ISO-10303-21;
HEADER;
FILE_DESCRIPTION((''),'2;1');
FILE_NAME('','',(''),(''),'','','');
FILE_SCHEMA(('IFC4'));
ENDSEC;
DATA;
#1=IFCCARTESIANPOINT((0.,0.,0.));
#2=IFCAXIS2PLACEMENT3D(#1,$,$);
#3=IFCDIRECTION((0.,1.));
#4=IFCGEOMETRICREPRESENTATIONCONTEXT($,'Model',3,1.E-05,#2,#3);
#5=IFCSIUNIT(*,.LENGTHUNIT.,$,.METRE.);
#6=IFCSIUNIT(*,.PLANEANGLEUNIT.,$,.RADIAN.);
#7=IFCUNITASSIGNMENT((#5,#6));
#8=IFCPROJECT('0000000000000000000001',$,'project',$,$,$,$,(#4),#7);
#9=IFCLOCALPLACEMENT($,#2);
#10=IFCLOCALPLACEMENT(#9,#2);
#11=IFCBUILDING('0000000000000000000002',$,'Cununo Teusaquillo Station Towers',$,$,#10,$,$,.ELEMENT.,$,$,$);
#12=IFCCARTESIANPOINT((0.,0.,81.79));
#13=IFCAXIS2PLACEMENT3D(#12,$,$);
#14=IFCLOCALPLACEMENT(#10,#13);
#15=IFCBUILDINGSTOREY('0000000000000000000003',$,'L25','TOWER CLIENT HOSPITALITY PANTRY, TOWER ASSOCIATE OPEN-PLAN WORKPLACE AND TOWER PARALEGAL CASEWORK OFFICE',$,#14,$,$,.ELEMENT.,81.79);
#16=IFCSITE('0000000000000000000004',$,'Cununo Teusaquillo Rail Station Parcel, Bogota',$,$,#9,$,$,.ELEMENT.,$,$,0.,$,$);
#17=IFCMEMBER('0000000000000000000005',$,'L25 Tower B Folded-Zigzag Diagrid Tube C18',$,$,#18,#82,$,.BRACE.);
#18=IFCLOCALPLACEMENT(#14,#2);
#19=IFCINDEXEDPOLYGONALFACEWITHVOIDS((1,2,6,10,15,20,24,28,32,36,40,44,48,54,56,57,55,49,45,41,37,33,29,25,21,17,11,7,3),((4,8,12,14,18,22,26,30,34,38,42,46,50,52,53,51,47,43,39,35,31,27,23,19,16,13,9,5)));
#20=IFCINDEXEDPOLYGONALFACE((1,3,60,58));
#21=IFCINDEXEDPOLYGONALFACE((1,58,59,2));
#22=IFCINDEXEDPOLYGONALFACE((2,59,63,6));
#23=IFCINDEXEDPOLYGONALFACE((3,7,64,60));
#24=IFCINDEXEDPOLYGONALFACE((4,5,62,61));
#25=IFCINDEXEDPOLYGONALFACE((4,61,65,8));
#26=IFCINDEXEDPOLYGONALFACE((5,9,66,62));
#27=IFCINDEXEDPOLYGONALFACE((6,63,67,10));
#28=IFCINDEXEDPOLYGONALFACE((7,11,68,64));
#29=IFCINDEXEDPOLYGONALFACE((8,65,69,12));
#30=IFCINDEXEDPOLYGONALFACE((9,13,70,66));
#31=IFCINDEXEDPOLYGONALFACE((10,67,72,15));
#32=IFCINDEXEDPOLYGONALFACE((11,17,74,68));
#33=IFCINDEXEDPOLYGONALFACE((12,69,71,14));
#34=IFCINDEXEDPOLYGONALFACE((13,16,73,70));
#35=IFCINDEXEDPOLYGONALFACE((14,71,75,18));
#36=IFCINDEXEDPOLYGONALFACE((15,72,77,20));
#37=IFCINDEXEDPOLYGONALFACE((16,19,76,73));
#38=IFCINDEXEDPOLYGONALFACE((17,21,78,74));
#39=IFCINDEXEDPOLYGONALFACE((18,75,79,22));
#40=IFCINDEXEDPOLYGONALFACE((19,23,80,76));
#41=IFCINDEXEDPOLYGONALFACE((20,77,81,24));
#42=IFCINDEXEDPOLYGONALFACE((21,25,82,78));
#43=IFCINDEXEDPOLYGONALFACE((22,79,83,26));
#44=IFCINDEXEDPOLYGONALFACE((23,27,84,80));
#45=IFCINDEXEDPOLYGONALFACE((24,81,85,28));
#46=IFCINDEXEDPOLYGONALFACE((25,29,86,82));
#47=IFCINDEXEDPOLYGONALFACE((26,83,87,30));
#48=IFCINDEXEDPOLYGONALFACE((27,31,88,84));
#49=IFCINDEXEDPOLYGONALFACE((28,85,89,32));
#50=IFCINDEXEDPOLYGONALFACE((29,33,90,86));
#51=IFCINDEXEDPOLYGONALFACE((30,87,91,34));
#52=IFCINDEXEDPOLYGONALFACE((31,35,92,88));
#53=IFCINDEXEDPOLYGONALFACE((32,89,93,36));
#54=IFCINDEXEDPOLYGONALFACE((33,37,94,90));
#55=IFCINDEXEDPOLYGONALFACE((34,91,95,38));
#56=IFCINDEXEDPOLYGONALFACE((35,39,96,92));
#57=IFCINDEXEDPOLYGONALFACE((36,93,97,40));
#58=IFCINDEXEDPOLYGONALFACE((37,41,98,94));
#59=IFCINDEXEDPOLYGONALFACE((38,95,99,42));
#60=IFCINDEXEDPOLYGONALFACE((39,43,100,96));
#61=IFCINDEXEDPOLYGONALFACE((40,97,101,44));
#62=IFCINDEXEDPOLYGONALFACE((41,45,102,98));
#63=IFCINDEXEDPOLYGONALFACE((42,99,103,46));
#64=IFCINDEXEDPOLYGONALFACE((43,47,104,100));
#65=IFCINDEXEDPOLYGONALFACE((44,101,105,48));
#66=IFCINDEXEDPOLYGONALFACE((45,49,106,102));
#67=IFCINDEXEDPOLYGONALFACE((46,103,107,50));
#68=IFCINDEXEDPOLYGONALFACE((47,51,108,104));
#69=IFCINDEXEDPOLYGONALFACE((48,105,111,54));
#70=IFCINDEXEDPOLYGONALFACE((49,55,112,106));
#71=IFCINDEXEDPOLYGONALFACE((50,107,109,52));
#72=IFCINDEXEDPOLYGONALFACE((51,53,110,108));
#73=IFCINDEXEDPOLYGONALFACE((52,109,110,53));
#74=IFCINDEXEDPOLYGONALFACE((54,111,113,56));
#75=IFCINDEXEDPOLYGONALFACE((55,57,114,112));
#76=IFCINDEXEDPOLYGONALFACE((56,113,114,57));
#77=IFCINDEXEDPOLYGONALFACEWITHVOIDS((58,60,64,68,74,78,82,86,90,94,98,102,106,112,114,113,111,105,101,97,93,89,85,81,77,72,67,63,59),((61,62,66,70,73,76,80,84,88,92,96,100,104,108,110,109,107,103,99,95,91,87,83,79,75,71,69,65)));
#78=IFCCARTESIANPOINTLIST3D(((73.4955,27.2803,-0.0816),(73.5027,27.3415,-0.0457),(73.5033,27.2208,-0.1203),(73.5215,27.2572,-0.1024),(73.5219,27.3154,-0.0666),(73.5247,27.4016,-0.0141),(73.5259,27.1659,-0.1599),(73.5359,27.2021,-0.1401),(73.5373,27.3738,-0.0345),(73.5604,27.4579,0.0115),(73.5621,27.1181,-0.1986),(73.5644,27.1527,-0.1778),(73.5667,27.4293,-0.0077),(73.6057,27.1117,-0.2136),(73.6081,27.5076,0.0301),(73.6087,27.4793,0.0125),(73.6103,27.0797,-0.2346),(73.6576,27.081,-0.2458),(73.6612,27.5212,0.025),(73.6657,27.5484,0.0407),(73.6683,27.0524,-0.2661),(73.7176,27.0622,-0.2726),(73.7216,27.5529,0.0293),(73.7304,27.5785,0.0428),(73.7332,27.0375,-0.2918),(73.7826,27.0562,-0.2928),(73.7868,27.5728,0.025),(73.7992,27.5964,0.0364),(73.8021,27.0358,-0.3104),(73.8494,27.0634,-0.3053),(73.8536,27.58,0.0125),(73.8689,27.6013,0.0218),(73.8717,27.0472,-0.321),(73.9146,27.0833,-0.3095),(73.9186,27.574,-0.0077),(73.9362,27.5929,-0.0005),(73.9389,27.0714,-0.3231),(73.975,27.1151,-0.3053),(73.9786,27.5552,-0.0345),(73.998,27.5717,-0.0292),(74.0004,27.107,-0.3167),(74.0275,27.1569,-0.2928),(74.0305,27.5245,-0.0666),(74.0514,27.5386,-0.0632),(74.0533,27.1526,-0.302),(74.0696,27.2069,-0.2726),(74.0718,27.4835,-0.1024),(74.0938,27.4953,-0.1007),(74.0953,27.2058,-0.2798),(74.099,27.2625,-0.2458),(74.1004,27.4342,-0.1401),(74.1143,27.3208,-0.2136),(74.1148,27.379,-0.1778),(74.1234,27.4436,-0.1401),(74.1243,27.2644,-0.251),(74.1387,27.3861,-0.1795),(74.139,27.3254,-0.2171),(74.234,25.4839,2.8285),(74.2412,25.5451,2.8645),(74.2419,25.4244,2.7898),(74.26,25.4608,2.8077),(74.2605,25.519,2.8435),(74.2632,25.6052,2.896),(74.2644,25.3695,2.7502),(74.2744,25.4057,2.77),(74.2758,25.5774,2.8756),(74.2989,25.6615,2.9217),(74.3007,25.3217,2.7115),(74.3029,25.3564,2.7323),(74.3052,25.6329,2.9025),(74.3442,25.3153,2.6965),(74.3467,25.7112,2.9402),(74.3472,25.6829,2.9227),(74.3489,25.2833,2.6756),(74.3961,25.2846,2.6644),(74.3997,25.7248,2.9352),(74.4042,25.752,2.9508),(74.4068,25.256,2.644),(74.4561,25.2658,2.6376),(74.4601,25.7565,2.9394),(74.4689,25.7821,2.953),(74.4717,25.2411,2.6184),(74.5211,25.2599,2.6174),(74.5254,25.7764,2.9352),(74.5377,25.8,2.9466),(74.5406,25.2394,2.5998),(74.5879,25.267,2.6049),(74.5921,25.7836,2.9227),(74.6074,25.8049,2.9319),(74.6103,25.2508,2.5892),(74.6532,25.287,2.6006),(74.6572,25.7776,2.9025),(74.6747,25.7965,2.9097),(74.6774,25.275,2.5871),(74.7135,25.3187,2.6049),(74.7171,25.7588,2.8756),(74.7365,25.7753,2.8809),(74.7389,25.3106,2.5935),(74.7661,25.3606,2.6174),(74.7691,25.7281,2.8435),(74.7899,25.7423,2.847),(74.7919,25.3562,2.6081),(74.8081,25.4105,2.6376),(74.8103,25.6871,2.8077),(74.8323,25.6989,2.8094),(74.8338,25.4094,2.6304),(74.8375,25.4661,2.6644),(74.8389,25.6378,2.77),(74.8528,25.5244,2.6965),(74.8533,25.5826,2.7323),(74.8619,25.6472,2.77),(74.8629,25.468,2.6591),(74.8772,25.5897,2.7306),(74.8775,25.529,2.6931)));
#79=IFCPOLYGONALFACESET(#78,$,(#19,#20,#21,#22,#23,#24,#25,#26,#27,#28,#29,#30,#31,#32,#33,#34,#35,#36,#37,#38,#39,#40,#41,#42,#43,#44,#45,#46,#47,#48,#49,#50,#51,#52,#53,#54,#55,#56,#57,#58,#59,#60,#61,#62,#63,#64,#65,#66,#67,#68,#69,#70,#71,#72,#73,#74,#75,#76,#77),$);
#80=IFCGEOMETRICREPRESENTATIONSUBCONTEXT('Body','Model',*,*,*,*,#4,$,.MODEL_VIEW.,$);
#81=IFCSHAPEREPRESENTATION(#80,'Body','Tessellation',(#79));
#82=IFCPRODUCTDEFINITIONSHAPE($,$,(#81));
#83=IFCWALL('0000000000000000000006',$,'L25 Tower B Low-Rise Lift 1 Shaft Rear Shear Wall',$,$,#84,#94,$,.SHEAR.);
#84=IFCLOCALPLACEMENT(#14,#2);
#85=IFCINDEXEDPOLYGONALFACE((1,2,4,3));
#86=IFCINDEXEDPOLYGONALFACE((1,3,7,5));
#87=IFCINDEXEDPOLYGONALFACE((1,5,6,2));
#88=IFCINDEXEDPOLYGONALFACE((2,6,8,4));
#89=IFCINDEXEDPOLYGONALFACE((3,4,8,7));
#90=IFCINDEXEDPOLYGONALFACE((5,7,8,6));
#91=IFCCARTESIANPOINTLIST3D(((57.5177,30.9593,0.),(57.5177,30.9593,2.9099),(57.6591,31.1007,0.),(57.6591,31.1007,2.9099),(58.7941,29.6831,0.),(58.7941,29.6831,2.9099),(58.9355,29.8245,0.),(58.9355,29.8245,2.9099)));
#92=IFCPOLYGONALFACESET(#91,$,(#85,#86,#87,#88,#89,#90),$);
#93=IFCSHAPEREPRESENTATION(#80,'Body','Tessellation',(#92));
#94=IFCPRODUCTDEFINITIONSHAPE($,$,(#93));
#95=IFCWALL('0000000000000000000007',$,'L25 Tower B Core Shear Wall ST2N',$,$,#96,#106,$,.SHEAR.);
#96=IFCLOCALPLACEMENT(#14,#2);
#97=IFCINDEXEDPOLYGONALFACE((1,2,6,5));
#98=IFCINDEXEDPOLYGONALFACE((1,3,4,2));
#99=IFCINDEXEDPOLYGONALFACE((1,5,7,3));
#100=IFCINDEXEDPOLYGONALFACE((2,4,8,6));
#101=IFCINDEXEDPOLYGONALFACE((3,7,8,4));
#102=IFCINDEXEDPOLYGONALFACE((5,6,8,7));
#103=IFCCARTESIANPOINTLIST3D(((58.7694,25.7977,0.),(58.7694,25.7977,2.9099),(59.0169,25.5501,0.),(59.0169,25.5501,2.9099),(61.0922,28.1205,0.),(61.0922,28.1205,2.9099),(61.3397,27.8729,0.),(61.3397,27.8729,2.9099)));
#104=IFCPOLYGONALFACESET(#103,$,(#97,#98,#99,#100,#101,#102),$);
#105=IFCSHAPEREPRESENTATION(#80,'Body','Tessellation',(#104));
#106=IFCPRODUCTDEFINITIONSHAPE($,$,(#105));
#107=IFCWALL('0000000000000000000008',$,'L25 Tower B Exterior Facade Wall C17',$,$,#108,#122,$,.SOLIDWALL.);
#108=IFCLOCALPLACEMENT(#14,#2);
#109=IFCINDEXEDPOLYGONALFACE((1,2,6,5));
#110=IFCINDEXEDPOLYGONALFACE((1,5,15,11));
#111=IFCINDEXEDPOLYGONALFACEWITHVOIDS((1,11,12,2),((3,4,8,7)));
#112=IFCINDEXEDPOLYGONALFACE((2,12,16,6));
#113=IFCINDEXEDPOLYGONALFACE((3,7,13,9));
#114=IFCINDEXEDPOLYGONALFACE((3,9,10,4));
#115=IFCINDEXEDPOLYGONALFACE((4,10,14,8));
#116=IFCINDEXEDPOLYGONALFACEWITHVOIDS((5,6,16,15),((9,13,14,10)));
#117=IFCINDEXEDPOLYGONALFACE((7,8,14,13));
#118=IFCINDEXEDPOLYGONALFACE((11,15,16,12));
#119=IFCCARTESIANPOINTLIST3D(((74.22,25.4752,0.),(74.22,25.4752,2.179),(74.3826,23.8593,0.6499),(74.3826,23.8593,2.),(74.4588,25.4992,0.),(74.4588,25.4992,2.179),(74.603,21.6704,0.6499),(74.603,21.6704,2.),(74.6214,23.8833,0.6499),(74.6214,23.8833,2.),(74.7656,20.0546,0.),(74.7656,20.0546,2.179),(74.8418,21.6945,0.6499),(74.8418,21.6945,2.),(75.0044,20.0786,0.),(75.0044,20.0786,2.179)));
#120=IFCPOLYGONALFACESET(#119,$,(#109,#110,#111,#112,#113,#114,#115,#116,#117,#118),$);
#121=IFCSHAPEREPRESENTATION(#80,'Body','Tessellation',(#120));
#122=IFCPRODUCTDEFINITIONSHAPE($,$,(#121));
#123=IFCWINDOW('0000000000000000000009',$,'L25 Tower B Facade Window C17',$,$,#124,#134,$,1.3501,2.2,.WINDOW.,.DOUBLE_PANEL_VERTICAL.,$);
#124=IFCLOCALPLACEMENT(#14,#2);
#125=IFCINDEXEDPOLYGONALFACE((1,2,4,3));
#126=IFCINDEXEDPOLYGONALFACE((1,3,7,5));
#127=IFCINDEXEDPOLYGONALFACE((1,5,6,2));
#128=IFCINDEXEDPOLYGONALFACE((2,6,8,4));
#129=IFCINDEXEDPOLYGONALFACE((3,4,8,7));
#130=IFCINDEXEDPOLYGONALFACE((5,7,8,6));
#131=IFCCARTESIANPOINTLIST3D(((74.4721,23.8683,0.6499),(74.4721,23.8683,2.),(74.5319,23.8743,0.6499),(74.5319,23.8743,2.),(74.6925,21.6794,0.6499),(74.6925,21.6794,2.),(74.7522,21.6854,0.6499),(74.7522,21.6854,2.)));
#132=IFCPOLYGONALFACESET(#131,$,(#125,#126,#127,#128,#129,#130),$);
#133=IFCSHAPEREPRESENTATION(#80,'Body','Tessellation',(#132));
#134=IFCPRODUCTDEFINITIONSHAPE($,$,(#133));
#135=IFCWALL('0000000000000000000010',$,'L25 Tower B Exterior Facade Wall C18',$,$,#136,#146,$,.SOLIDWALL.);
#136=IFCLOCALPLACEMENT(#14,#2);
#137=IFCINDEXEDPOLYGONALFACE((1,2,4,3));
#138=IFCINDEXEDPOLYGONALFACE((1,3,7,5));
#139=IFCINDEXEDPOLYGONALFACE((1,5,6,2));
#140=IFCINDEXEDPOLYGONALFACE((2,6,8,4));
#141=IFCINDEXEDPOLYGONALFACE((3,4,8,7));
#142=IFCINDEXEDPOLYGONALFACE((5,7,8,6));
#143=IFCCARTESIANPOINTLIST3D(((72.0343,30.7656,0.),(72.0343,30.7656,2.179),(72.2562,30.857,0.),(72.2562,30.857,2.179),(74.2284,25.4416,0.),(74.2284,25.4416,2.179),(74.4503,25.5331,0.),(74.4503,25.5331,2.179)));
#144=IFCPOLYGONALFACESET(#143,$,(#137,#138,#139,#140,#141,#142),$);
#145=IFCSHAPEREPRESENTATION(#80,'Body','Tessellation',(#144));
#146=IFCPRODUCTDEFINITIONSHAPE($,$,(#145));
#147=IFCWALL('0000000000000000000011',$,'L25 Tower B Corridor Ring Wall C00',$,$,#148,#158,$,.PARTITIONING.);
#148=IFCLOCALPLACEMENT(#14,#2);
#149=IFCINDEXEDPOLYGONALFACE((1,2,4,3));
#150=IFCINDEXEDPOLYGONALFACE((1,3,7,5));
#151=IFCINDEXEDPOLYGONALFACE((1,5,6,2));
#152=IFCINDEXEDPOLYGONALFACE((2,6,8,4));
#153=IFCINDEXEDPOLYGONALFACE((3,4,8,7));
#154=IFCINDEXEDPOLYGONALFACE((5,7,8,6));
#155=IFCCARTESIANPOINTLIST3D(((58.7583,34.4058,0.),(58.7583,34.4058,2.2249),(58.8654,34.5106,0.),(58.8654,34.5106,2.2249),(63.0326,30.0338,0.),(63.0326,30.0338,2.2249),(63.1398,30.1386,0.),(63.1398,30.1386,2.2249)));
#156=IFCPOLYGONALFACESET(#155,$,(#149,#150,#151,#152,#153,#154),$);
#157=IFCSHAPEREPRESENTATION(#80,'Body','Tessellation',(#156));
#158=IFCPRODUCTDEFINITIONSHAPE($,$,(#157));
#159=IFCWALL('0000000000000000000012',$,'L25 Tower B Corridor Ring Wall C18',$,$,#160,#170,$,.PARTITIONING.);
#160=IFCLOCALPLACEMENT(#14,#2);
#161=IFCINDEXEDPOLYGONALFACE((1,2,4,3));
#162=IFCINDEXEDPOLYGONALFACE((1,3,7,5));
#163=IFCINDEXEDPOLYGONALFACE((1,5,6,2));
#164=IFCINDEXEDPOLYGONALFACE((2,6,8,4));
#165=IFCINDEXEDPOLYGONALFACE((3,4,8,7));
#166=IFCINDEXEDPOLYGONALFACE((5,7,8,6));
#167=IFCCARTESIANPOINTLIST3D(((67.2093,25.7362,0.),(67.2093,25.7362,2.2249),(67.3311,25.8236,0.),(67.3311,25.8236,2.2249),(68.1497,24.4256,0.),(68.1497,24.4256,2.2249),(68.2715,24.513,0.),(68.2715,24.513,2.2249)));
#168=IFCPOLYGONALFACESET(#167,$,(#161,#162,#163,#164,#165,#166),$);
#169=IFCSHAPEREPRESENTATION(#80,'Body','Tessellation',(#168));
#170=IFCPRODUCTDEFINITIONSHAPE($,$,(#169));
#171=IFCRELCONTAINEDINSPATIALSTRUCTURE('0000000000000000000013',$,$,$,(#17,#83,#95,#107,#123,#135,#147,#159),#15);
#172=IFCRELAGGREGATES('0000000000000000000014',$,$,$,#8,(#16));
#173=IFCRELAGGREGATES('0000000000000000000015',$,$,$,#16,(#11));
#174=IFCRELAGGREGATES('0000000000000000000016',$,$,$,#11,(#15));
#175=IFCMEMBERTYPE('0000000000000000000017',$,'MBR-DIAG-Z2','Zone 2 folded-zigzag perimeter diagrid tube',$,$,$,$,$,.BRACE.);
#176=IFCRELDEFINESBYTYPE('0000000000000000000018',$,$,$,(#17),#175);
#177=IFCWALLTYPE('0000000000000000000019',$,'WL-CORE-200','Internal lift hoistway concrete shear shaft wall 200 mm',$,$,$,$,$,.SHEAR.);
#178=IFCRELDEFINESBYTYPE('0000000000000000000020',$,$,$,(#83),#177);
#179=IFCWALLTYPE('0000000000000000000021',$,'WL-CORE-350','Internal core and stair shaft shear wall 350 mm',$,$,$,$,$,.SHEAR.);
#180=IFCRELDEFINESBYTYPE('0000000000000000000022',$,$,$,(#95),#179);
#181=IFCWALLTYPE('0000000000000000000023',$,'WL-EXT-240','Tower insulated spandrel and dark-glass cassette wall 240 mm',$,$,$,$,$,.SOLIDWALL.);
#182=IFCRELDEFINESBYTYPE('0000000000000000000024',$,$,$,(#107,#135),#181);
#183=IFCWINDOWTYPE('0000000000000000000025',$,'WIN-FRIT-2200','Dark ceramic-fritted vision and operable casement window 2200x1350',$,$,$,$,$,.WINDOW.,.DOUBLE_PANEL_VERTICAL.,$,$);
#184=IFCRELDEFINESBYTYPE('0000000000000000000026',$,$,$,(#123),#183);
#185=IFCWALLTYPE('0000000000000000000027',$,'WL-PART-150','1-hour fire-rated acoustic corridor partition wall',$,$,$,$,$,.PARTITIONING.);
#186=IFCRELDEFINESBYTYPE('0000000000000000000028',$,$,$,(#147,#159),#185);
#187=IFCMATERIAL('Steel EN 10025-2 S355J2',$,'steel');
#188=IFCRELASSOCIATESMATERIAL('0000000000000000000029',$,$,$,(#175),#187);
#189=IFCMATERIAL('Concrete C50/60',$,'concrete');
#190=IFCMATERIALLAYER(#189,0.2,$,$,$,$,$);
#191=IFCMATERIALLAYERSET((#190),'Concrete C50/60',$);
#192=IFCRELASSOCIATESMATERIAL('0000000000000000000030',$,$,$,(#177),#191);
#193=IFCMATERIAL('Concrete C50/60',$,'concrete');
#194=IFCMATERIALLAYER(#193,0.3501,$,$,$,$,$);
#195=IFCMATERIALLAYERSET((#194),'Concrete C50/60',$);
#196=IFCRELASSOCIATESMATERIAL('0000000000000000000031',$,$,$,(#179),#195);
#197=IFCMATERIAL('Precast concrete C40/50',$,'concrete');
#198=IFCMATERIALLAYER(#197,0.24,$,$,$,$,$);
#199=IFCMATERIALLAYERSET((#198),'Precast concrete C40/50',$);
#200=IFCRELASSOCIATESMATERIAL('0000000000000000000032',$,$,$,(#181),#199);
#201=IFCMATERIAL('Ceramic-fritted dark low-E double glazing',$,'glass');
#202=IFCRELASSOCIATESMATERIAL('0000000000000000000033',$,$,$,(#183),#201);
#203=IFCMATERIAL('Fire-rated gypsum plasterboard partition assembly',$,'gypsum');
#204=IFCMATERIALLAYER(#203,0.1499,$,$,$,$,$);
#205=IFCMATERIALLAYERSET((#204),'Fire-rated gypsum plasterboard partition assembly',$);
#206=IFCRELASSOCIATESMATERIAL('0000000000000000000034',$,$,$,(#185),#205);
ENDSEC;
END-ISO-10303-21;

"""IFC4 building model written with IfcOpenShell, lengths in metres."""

from ifc_helpers import new_model, si_unit, direction, frame, frame_2d, origin, origin_2d, place, context, subcontext, project, spatial, rectangle, hollow_circle, extrude, source, transform, mapped, material, layer, layer_set, material_profile, profile_set, type_object, element, fill, save


model = new_model("IFC4")

# Units and contexts
model_context = context("Model", 3, precision=1e-05, world=origin(), true_north=direction((0.0, 1.0)))
body_context = subcontext(model_context, "Body", "Model", "MODEL_VIEW")
ifc_project = project(units=[si_unit("LENGTHUNIT", "METRE"), si_unit("PLANEANGLEUNIT", "RADIAN")], contexts=[model_context])

# Site, building, storey
site_placement = place(None, origin())
site = spatial("IfcSite", under=ifc_project, at=site_placement, Name="Cununo Teusaquillo Rail Station Parcel, Bogota", CompositionType="ELEMENT", RefElevation=0.0)
building_placement = place(site_placement, origin())
building = spatial("IfcBuilding", under=site, at=building_placement, Name="Cununo Teusaquillo Station Towers", CompositionType="ELEMENT")
storey_placement = place(building_placement, frame((0.0, 0.0, 81.79)))
storey = spatial("IfcBuildingStorey", under=building, at=storey_placement, Name="L25", Description="TOWER CLIENT HOSPITALITY PANTRY, TOWER ASSOCIATE OPEN-PLAN WORKPLACE AND TOWER PARALEGAL CASEWORK OFFICE", CompositionType="ELEMENT", Elevation=81.79)

# Member
ifc_material_1 = material(Name="Steel EN 10025-2 S355J2", Category="steel")
ifc_material_profile_1 = material_profile(ifc_material_1, hollow_circle(Radius=0.3301, WallThickness=0.0249, at=origin_2d()), Name="CHS 660x25")
ifc_profile_set_1 = profile_set([ifc_material_profile_1], Name="Steel EN 10025-2 S355J2")
member_type = type_object("IfcMemberType", Name="MBR-DIAG-Z2", Description="Zone 2 folded-zigzag perimeter diagrid tube", PredefinedType="BRACE", material=ifc_profile_set_1)
member_placement = place(storey_placement, frame((73.8181, 27.3181, -0.1401), z_axis=(0.211081, -0.513433, 0.831764), x_axis=(0.924889, 0.380238, 0.0)))
element("IfcMember", 1, at=member_placement, inside=storey, type_object=member_type, Name="L25 Tower B Folded-Zigzag Diagrid Tube C18", PredefinedType="BRACE", context=body_context, shape_type="SweptSolid", body=[
    extrude(hollow_circle(Radius=0.3301, WallThickness=0.0249, at=origin_2d()), origin(), (0.0, 0.0, 1.0), 3.4988),
])

# Walls
ifc_material_2 = material(Name="Concrete C50/60", Category="concrete")
ifc_layer_1 = layer(ifc_material_2, 0.2)
ifc_layer_set_1 = layer_set([ifc_layer_1], Name="Concrete C50/60")
wall_type_1 = type_object("IfcWallType", Name="WL-CORE-200", Description="Internal lift hoistway concrete shear shaft wall 200 mm", PredefinedType="SHEAR", material=ifc_layer_set_1)
wall_1_placement = place(storey_placement, frame((58.8647, 29.7539, 0.0), z_axis=(0.0, 0.0, 1.0), x_axis=(-0.707174, 0.707039, 0.0)))
element("IfcWall", 2, at=wall_1_placement, inside=storey, type_object=wall_type_1, Name="L25 Tower B Low-Rise Lift 1 Shaft Rear Shear Wall", PredefinedType="SHEAR", context=body_context, shape_type="SweptSolid", body=[
    extrude(rectangle(XDim=1.8049, YDim=0.2, at=frame_2d((0.9023, 0.0))), origin(), (0.0, 0.0, 1.0), 2.9099),
])
ifc_material_3 = material(Name="Concrete C50/60", Category="concrete")
ifc_layer_2 = layer(ifc_material_3, 0.3501)
ifc_layer_set_2 = layer_set([ifc_layer_2], Name="Concrete C50/60")
wall_type_2 = type_object("IfcWallType", Name="WL-CORE-350", Description="Internal core and stair shaft shear wall 350 mm", PredefinedType="SHEAR", material=ifc_layer_set_2)
wall_2_placement = place(storey_placement, frame((58.8931, 25.6738, 0.0), z_axis=(0.0, 0.0, 1.0), x_axis=(0.707107, 0.707107, 0.0)))
element("IfcWall", 3, at=wall_2_placement, inside=storey, type_object=wall_type_2, Name="L25 Tower B Core Shear Wall ST2N", PredefinedType="SHEAR", context=body_context, shape_type="SweptSolid", body=[
    extrude(rectangle(XDim=3.2849, YDim=0.3501, at=frame_2d((1.6426, 0.0))), origin(), (0.0, 0.0, 1.0), 2.9099),
])

# Wall, opening, window
ifc_material_4 = material(Name="Precast concrete C40/50", Category="concrete")
ifc_layer_3 = layer(ifc_material_4, 0.24)
ifc_layer_set_3 = layer_set([ifc_layer_3], Name="Precast concrete C40/50")
wall_type_3 = type_object("IfcWallType", Name="WL-EXT-240", Description="Tower insulated spandrel and dark-glass cassette wall 240 mm", PredefinedType="SOLIDWALL", material=ifc_layer_set_3)
wall_3_placement = place(storey_placement, frame((74.3394, 25.4873, 0.0), z_axis=(0.0, 0.0, 1.0), x_axis=(0.100156, -0.994972, 0.0)))
wall_3 = element("IfcWall", 4, at=wall_3_placement, inside=storey, type_object=wall_type_3, Name="L25 Tower B Exterior Facade Wall C17", PredefinedType="SOLIDWALL", context=body_context, shape_type="SweptSolid", body=[
    extrude(rectangle(XDim=5.448, YDim=0.24, at=frame_2d((2.7241, 0.0))), origin(), (0.0, 0.0, 1.0), 2.179),
])
shared_shape_1 = source(origin(), body_context, "Body", "SweptSolid", [
    extrude(rectangle(XDim=2.2, YDim=1.3501, at=frame_2d((1.1001, 0.675))), frame((0.0, 0.1299, 0.0), z_axis=(0.0, -1.0, 0.0), x_axis=(1.0, 0.0, 0.0)), (0.0, 0.0, 1.0), 0.26),
])
opening_1_placement = place(wall_3_placement, frame((1.624, 0.0, 0.6499)))
opening_1 = element("IfcOpeningElement", 5, at=opening_1_placement, cuts=wall_3, PredefinedType="OPENING", context=body_context, shape_type="MappedRepresentation", body=[
    mapped(shared_shape_1, transform((0.0, 0.0, 0.0), x_axis=(1.0, 0.0, 0.0), y_axis=(0.0, 1.0, 0.0), z_axis=(0.0, 0.0, 1.0), scale=1.0)),
])
ifc_material_5 = material(Name="Ceramic-fritted dark low-E double glazing", Category="glass")
window_type = type_object("IfcWindowType", Name="WIN-FRIT-2200", Description="Dark ceramic-fritted vision and operable casement window 2200x1350", PartitioningType="DOUBLE_PANEL_VERTICAL", PredefinedType="WINDOW", material=ifc_material_5)
shared_shape_2 = source(origin(), body_context, "Body", "SweptSolid", [
    extrude(rectangle(XDim=2.2, YDim=1.3501, at=frame_2d((1.1001, 0.675))), frame((0.0, 0.03, 0.0), z_axis=(0.0, -1.0, 0.0), x_axis=(1.0, 0.0, 0.0)), (0.0, 0.0, 1.0), 0.0601),
])
window_placement = place(opening_1_placement, origin())
window = element("IfcWindow", 6, at=window_placement, inside=storey, type_object=window_type, Name="L25 Tower B Facade Window C17", OverallHeight=1.3501, OverallWidth=2.2, PartitioningType="DOUBLE_PANEL_VERTICAL", PredefinedType="WINDOW", context=body_context, shape_type="MappedRepresentation", body=[
    mapped(shared_shape_2, transform((0.0, 0.0, 0.0), x_axis=(1.0, 0.0, 0.0), y_axis=(0.0, 1.0, 0.0), z_axis=(0.0, 0.0, 1.0), scale=1.0)),
])
fill(opening_1, window)

# Walls
wall_4_placement = place(storey_placement, frame((72.1453, 30.8113, 0.0), z_axis=(0.0, 0.0, 1.0), x_axis=(0.381027, -0.924564, 0.0)))
element("IfcWall", 7, at=wall_4_placement, inside=storey, type_object=wall_type_3, Name="L25 Tower B Exterior Facade Wall C18", PredefinedType="SOLIDWALL", context=body_context, shape_type="SweptSolid", body=[
    extrude(rectangle(XDim=5.7583, YDim=0.24, at=frame_2d((2.8792, 0.0))), origin(), (0.0, 0.0, 1.0), 2.179),
])
ifc_material_6 = material(Name="Fire-rated gypsum plasterboard partition assembly", Category="gypsum")
ifc_layer_4 = layer(ifc_material_6, 0.1499)
ifc_layer_set_4 = layer_set([ifc_layer_4], Name="Fire-rated gypsum plasterboard partition assembly")
wall_type_4 = type_object("IfcWallType", Name="WL-PART-150", Description="1-hour fire-rated acoustic corridor partition wall", PredefinedType="PARTITIONING", material=ifc_layer_set_4)
wall_5_placement = place(storey_placement, frame((63.0862, 30.0862, 0.0), z_axis=(0.0, 0.0, 1.0), x_axis=(-0.699076, 0.715047, 0.0)))
element("IfcWall", 8, at=wall_5_placement, inside=storey, type_object=wall_type_4, Name="L25 Tower B Corridor Ring Wall C00", PredefinedType="PARTITIONING", context=body_context, shape_type="SweptSolid", body=[
    extrude(rectangle(XDim=6.1143, YDim=0.1499, at=frame_2d((3.0571, 0.0))), origin(), (0.0, 0.0, 1.0), 2.2249),
])
wall_6_placement = place(storey_placement, frame((68.2107, 24.4692, 0.0), z_axis=(0.0, 0.0, 1.0), x_axis=(-0.583012, 0.812463, 0.0)))
element("IfcWall", 9, at=wall_6_placement, inside=storey, type_object=wall_type_4, Name="L25 Tower B Corridor Ring Wall C18", PredefinedType="PARTITIONING", context=body_context, shape_type="SweptSolid", body=[
    extrude(rectangle(XDim=1.613, YDim=0.1499, at=frame_2d((0.8066, 0.0))), origin(), (0.0, 0.0, 1.0), 2.2249),
])

save(model, "model.ifc")
